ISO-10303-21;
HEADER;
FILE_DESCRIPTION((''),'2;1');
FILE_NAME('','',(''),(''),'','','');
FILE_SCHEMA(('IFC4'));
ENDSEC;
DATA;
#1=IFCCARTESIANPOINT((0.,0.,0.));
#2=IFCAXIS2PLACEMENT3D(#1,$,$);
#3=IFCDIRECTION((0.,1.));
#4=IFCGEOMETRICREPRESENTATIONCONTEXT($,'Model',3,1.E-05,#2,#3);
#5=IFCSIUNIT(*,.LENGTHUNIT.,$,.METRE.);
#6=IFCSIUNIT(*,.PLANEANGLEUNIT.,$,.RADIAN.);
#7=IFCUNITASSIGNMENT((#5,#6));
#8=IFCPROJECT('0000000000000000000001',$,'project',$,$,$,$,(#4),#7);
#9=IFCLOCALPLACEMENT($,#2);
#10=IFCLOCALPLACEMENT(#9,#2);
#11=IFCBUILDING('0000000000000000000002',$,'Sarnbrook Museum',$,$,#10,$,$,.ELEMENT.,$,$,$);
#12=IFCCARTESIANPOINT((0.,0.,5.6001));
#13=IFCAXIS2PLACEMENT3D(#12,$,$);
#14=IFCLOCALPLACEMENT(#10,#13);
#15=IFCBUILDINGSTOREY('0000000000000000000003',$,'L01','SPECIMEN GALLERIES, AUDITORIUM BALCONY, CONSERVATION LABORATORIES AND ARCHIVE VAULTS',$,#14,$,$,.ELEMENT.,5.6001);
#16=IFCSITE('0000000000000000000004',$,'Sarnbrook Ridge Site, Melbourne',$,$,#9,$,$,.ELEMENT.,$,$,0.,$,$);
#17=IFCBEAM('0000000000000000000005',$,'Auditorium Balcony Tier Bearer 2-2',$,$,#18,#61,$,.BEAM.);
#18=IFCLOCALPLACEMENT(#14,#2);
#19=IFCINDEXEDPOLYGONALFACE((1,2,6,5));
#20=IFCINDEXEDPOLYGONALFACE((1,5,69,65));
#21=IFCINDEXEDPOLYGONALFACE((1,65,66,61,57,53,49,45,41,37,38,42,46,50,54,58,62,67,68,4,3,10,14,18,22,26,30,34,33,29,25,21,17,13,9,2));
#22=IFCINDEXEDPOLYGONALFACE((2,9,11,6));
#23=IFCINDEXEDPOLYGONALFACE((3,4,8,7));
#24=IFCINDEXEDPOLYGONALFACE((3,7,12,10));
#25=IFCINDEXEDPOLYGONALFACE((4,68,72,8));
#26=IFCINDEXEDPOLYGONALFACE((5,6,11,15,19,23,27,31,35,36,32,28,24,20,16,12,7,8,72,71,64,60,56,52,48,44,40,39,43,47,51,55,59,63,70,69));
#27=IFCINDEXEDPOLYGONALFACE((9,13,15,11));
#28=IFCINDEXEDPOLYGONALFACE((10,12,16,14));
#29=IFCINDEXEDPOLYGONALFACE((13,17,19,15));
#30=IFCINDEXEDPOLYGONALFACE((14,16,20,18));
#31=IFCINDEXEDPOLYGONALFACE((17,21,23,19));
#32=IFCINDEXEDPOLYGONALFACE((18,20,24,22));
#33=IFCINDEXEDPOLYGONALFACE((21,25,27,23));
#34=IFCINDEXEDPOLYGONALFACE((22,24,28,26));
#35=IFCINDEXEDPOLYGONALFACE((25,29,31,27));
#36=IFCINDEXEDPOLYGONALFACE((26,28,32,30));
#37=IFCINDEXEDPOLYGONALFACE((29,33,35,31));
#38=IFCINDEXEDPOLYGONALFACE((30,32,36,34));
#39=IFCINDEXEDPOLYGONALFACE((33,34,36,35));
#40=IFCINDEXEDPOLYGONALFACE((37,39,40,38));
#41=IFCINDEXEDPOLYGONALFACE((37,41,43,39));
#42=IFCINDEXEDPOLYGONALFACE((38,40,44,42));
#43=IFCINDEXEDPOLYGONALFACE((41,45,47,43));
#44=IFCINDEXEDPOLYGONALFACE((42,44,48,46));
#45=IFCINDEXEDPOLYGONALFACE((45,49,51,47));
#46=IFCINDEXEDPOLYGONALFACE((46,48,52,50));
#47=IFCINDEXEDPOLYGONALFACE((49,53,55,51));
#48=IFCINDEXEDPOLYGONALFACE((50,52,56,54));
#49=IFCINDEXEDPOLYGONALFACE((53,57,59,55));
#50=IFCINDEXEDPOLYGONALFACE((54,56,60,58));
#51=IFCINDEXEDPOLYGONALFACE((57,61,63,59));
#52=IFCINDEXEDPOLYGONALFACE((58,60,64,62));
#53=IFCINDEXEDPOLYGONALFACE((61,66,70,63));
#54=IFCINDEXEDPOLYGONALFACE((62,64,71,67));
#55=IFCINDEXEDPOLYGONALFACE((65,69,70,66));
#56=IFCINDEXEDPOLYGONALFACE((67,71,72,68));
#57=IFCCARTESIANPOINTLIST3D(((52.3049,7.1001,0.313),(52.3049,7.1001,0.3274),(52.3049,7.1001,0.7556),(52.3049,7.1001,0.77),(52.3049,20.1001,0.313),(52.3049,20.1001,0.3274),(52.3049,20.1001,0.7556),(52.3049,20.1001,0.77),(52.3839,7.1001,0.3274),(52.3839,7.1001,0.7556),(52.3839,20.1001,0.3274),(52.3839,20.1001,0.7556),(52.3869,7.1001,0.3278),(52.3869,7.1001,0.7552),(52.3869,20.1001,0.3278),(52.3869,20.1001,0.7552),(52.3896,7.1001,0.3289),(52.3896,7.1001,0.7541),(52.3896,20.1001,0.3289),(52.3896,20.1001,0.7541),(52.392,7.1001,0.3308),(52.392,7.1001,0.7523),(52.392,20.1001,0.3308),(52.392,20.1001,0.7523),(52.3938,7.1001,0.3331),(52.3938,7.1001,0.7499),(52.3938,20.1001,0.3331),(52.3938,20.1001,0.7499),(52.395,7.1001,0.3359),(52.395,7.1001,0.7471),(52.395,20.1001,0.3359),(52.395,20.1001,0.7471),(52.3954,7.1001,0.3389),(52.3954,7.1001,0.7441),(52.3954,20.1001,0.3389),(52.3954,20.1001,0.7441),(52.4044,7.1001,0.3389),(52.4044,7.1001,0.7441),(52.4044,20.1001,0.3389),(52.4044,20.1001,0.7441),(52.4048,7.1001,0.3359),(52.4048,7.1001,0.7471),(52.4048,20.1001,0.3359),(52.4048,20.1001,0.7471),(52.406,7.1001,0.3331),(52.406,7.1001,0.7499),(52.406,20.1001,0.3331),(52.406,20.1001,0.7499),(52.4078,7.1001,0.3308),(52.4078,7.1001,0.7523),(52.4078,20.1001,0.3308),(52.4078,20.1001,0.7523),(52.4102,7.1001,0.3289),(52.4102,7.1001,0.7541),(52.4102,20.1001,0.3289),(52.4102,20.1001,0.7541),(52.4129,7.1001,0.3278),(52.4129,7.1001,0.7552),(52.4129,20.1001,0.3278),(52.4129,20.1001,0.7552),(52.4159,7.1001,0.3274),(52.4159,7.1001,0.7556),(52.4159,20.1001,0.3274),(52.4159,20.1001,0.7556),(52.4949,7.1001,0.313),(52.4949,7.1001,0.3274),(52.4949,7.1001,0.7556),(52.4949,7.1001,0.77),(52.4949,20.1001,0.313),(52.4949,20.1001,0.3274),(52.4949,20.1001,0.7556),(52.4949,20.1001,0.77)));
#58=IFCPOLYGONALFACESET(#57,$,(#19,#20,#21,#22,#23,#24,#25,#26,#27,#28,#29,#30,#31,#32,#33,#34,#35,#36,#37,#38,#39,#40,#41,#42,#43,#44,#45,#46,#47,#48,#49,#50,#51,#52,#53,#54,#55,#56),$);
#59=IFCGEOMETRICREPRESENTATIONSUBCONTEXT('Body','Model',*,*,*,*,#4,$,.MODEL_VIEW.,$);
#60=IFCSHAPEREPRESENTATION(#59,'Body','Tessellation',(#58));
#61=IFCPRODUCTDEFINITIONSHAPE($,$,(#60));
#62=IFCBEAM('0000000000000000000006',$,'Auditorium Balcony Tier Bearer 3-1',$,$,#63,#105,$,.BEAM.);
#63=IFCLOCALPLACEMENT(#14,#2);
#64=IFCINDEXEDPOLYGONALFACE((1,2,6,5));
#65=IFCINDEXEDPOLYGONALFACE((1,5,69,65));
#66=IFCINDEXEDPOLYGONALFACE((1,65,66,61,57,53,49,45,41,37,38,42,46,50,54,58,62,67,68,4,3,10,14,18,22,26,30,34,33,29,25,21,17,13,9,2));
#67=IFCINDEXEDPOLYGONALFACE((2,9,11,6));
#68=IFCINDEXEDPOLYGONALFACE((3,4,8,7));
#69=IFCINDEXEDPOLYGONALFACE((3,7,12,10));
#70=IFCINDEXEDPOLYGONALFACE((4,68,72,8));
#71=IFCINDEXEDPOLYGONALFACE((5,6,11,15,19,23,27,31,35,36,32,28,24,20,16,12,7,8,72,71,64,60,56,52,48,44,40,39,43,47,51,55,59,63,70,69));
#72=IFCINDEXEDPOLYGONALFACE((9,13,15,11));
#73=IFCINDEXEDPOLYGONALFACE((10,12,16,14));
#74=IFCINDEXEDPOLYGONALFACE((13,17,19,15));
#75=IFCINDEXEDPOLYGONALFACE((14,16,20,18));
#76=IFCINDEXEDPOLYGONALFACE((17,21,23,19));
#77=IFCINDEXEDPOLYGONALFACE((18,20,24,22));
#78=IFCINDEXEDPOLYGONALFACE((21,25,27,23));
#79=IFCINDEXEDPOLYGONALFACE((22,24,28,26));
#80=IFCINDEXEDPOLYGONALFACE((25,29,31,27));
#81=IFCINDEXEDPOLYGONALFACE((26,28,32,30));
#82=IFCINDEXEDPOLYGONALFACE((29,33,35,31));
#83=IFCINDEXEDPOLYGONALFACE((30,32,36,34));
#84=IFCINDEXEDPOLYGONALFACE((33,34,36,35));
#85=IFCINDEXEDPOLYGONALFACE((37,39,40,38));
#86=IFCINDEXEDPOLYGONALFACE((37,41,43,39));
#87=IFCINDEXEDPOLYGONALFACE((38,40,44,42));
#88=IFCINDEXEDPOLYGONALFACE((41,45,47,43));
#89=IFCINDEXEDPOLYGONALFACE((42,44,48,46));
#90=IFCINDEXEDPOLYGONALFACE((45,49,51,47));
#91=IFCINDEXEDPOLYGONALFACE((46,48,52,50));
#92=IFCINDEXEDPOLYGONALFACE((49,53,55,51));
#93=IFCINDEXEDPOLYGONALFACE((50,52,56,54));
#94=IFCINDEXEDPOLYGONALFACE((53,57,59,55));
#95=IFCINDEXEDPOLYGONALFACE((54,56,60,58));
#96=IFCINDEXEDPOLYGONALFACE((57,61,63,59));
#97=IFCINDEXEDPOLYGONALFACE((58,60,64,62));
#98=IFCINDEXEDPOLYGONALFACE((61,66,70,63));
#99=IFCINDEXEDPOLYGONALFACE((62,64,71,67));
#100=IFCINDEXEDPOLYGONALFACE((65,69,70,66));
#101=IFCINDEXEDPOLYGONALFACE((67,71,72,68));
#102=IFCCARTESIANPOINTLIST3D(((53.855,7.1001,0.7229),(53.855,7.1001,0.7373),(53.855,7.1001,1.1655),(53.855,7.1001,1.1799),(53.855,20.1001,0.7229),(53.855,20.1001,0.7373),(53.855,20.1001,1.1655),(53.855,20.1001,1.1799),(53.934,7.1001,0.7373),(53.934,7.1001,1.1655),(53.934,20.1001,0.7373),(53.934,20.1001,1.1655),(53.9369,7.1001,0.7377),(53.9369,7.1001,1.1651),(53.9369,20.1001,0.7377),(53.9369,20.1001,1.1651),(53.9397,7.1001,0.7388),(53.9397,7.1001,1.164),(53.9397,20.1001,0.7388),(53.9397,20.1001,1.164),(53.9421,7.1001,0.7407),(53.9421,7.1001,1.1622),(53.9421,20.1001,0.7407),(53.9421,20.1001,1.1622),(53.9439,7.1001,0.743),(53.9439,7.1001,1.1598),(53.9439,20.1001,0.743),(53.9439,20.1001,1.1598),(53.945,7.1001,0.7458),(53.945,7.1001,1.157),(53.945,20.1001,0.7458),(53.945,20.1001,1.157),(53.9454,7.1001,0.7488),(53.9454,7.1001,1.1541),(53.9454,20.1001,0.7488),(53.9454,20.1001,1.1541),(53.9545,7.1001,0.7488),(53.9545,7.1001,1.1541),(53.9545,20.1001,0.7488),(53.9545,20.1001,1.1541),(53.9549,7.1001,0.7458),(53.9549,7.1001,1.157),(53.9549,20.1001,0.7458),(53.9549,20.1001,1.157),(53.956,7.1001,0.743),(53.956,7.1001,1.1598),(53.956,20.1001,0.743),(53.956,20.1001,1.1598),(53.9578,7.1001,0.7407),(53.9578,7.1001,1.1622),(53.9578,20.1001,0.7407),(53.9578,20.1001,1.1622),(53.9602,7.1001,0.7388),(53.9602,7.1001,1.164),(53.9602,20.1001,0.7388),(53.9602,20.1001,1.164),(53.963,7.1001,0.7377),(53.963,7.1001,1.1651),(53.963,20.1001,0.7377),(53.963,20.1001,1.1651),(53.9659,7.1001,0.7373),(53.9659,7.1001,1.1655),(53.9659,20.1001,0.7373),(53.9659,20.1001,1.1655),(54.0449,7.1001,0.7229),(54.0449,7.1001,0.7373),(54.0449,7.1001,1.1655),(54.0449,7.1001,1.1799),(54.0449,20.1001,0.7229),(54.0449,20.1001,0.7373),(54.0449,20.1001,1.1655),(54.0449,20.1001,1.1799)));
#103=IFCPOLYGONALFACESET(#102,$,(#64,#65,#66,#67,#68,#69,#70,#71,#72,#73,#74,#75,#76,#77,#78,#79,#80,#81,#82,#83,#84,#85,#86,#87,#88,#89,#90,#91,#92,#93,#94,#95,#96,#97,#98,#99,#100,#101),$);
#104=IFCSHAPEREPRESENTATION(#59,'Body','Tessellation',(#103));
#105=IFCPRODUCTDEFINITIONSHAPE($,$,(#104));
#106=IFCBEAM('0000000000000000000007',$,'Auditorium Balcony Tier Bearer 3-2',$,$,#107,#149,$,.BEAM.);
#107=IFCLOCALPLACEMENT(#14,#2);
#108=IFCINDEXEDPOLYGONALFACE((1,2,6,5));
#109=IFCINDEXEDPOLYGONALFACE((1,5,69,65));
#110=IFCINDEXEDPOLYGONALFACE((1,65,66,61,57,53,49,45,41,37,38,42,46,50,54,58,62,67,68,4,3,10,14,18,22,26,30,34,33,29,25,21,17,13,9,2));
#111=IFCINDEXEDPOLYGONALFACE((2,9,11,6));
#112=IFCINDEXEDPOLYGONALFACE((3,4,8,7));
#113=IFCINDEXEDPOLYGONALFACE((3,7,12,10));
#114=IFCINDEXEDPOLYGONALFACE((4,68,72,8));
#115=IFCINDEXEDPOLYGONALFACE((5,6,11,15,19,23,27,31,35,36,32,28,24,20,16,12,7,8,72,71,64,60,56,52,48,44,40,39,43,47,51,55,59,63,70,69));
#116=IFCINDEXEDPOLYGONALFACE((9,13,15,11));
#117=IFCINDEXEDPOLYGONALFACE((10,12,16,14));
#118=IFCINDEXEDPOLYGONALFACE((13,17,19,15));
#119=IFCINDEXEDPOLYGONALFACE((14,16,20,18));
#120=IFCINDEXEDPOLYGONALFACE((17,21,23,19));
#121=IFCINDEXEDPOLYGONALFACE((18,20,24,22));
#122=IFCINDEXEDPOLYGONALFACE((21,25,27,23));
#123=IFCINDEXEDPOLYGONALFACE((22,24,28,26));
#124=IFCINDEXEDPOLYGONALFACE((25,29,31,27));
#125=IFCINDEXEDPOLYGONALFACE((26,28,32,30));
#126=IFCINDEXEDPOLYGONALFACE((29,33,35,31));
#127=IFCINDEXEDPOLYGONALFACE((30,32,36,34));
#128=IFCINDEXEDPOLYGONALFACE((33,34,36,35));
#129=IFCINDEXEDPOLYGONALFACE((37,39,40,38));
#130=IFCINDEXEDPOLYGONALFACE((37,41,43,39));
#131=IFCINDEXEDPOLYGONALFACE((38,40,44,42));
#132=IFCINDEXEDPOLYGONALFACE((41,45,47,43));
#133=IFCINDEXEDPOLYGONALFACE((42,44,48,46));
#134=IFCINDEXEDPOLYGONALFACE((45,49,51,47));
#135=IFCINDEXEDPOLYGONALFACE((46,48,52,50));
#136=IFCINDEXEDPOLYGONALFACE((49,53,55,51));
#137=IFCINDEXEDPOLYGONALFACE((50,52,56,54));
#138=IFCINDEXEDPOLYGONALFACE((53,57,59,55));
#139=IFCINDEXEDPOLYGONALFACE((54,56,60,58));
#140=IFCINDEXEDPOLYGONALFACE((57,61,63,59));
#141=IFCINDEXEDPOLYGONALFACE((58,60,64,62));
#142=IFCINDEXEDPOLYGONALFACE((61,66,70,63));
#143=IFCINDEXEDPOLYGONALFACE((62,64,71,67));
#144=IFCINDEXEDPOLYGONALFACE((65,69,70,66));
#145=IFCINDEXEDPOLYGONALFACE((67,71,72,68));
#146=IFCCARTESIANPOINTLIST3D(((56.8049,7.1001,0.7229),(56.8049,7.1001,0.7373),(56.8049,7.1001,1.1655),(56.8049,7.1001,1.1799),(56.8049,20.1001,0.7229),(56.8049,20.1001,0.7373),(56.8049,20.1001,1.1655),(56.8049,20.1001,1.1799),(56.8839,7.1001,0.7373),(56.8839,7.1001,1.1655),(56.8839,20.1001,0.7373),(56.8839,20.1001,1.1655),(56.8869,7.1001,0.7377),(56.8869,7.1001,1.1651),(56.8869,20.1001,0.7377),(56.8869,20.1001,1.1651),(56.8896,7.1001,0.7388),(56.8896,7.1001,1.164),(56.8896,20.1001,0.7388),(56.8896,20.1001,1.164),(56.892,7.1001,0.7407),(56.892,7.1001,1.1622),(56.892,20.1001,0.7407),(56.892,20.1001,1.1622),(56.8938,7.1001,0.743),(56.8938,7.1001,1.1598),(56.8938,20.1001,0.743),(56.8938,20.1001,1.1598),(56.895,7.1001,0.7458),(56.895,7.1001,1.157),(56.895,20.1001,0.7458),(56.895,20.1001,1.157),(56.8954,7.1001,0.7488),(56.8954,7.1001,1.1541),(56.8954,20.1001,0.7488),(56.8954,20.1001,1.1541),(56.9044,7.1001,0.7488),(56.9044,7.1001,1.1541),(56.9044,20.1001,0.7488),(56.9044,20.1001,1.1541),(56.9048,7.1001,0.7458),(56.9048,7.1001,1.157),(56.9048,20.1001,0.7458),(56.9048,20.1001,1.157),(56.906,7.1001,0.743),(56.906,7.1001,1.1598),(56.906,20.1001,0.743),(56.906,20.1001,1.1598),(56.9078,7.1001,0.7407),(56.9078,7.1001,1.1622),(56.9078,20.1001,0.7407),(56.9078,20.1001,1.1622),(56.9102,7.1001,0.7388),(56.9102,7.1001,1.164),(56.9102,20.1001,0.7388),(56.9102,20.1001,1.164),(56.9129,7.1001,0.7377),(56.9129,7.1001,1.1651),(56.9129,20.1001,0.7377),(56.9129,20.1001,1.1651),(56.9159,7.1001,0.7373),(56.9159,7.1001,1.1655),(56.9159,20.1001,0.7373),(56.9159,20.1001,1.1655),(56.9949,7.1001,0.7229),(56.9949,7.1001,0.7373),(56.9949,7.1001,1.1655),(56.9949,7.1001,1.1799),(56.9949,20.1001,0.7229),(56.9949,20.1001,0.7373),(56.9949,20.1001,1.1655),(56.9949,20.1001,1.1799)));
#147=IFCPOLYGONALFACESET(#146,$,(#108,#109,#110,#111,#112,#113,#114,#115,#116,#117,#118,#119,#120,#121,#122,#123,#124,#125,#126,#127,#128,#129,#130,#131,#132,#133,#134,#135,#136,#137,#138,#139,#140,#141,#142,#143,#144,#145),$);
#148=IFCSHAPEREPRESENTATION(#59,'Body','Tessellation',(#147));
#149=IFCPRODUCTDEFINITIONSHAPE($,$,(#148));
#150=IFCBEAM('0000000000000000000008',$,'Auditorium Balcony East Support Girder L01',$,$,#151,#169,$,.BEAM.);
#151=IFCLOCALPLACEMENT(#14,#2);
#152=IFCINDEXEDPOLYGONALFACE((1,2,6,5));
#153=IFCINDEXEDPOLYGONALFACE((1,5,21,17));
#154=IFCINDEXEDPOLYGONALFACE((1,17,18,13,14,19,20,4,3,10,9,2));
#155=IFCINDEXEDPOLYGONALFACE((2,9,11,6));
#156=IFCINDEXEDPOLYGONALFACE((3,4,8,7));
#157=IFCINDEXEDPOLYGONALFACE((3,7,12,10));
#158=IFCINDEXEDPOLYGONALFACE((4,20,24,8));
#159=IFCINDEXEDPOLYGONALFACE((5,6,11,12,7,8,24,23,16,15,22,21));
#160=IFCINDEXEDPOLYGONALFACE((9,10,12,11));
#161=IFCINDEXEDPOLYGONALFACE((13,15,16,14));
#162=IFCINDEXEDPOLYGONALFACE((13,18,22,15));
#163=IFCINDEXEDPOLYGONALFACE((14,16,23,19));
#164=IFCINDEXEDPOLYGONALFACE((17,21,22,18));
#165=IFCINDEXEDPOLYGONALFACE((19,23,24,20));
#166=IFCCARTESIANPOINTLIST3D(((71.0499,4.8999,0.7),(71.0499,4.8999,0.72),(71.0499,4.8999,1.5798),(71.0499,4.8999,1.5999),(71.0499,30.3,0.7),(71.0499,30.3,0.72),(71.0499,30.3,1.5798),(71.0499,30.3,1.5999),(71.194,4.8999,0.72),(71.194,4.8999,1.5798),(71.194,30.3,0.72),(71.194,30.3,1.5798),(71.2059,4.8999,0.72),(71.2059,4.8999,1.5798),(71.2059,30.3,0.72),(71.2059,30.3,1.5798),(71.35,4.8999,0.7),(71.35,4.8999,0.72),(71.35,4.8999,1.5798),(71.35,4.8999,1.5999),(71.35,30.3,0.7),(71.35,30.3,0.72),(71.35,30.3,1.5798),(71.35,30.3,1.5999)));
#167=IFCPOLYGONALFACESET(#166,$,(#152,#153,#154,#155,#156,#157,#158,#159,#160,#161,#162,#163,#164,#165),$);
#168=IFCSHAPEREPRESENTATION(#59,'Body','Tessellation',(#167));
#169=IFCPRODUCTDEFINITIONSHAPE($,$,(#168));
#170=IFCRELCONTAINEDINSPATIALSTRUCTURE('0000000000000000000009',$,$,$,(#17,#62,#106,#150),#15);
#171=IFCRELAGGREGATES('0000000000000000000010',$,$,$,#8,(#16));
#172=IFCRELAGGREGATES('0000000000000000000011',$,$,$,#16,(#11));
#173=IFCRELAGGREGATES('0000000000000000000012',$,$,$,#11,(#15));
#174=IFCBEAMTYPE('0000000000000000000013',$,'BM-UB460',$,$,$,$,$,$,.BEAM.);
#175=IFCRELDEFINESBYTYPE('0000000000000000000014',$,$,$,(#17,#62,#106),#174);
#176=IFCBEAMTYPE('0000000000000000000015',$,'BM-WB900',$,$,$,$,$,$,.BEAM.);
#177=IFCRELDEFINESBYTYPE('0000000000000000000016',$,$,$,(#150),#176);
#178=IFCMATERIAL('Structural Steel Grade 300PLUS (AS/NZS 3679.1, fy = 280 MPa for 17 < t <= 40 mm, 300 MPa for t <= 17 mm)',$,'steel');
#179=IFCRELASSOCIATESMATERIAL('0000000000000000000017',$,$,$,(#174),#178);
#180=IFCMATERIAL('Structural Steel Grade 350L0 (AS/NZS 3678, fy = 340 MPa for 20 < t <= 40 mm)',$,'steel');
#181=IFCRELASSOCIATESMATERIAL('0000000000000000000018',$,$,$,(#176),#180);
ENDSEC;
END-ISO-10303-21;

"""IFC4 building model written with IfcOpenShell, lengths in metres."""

from ifc_helpers import new_model, si_unit, direction, frame, origin, origin_2d, place, context, subcontext, project, spatial, i_section, extrude, material, material_profile, profile_set, type_object, element, save


model = new_model("IFC4")

# Units and contexts
model_context = context("Model", 3, precision=1e-05, world=origin(), true_north=direction((0.0, 1.0)))
body_context = subcontext(model_context, "Body", "Model", "MODEL_VIEW")
ifc_project = project(units=[si_unit("LENGTHUNIT", "METRE"), si_unit("PLANEANGLEUNIT", "RADIAN")], contexts=[model_context])

# Site, building, storey
site_placement = place(None, origin())
site = spatial("IfcSite", under=ifc_project, at=site_placement, Name="Sarnbrook Ridge Site, Melbourne", CompositionType="ELEMENT", RefElevation=0.0)
building_placement = place(site_placement, origin())
building = spatial("IfcBuilding", under=site, at=building_placement, Name="Sarnbrook Museum", CompositionType="ELEMENT")
storey_placement = place(building_placement, frame((0.0, 0.0, 5.6001)))
storey = spatial("IfcBuildingStorey", under=building, at=storey_placement, Name="L01", Description="SPECIMEN GALLERIES, AUDITORIUM BALCONY, CONSERVATION LABORATORIES AND ARCHIVE VAULTS", CompositionType="ELEMENT", Elevation=5.6001)

# Shared definitions
ifc_material_1 = material(Name="Structural Steel Grade 300PLUS (AS/NZS 3679.1, fy = 280 MPa for 17 < t <= 40 mm, 300 MPa for t <= 17 mm)", Category="steel")

# Beams
ifc_material_profile_1 = material_profile(ifc_material_1, i_section(OverallWidth=0.1899, OverallDepth=0.457, WebThickness=0.009, FlangeThickness=0.0144, FilletRadius=0.0115, at=origin_2d()), Name="460UB74.6")
ifc_profile_set_1 = profile_set([ifc_material_profile_1], Name="Structural Steel Grade 300PLUS (AS/NZS 3679.1, fy = 280 MPa for 17 < t <= 40 mm, 300 MPa for t <= 17 mm)")
beam_type_1 = type_object("IfcBeamType", Name="BM-UB460", PredefinedType="BEAM", material=ifc_profile_set_1)
for number, where, z_axis, x_axis, name in (
    (1, (52.3999, 7.1001, 0.5415), (0.0, 1.0, 0.0), (-1.0, 0.0, 0.0), "Auditorium Balcony Tier Bearer 2-2"),
    (2, (53.95, 7.1001, 0.9514), (0.0, 1.0, 0.0), (-1.0, 0.0, 0.0), "Auditorium Balcony Tier Bearer 3-1"),
    (3, (56.8999, 7.1001, 0.9514), (0.0, 1.0, 0.0), (-1.0, 0.0, 0.0), "Auditorium Balcony Tier Bearer 3-2"),
):
    element("IfcBeam", number, at=place(storey_placement, frame(where, z_axis=z_axis, x_axis=x_axis)), inside=storey, type_object=beam_type_1, Name=name, PredefinedType="BEAM", context=body_context, shape_type="SweptSolid", body=[
        extrude(i_section(OverallWidth=0.1899, OverallDepth=0.457, WebThickness=0.009, FlangeThickness=0.0144, FilletRadius=0.0115, at=origin_2d()), origin(), (0.0, 0.0, 1.0), 13.0),
    ])
ifc_material_2 = material(Name="Structural Steel Grade 350L0 (AS/NZS 3678, fy = 340 MPa for 20 < t <= 40 mm)", Category="steel")
ifc_material_profile_2 = material_profile(ifc_material_2, i_section(OverallWidth=0.3, OverallDepth=0.8999, WebThickness=0.012, FlangeThickness=0.02, at=origin_2d()), Name="900WB175")
ifc_profile_set_2 = profile_set([ifc_material_profile_2], Name="Structural Steel Grade 350L0 (AS/NZS 3678, fy = 340 MPa for 20 < t <= 40 mm)")
beam_type_2 = type_object("IfcBeamType", Name="BM-WB900", PredefinedType="BEAM", material=ifc_profile_set_2)
beam_placement = place(storey_placement, frame((71.2, 4.8999, 1.1499), z_axis=(0.0, 1.0, 0.0), x_axis=(-1.0, 0.0, 0.0)))
element("IfcBeam", 4, at=beam_placement, inside=storey, type_object=beam_type_2, Name="Auditorium Balcony East Support Girder L01", PredefinedType="BEAM", context=body_context, shape_type="SweptSolid", body=[
    extrude(i_section(OverallWidth=0.3, OverallDepth=0.8999, WebThickness=0.012, FlangeThickness=0.02, at=origin_2d()), origin(), (0.0, 0.0, 1.0), 25.4001),
])

save(model, "model.ifc")
